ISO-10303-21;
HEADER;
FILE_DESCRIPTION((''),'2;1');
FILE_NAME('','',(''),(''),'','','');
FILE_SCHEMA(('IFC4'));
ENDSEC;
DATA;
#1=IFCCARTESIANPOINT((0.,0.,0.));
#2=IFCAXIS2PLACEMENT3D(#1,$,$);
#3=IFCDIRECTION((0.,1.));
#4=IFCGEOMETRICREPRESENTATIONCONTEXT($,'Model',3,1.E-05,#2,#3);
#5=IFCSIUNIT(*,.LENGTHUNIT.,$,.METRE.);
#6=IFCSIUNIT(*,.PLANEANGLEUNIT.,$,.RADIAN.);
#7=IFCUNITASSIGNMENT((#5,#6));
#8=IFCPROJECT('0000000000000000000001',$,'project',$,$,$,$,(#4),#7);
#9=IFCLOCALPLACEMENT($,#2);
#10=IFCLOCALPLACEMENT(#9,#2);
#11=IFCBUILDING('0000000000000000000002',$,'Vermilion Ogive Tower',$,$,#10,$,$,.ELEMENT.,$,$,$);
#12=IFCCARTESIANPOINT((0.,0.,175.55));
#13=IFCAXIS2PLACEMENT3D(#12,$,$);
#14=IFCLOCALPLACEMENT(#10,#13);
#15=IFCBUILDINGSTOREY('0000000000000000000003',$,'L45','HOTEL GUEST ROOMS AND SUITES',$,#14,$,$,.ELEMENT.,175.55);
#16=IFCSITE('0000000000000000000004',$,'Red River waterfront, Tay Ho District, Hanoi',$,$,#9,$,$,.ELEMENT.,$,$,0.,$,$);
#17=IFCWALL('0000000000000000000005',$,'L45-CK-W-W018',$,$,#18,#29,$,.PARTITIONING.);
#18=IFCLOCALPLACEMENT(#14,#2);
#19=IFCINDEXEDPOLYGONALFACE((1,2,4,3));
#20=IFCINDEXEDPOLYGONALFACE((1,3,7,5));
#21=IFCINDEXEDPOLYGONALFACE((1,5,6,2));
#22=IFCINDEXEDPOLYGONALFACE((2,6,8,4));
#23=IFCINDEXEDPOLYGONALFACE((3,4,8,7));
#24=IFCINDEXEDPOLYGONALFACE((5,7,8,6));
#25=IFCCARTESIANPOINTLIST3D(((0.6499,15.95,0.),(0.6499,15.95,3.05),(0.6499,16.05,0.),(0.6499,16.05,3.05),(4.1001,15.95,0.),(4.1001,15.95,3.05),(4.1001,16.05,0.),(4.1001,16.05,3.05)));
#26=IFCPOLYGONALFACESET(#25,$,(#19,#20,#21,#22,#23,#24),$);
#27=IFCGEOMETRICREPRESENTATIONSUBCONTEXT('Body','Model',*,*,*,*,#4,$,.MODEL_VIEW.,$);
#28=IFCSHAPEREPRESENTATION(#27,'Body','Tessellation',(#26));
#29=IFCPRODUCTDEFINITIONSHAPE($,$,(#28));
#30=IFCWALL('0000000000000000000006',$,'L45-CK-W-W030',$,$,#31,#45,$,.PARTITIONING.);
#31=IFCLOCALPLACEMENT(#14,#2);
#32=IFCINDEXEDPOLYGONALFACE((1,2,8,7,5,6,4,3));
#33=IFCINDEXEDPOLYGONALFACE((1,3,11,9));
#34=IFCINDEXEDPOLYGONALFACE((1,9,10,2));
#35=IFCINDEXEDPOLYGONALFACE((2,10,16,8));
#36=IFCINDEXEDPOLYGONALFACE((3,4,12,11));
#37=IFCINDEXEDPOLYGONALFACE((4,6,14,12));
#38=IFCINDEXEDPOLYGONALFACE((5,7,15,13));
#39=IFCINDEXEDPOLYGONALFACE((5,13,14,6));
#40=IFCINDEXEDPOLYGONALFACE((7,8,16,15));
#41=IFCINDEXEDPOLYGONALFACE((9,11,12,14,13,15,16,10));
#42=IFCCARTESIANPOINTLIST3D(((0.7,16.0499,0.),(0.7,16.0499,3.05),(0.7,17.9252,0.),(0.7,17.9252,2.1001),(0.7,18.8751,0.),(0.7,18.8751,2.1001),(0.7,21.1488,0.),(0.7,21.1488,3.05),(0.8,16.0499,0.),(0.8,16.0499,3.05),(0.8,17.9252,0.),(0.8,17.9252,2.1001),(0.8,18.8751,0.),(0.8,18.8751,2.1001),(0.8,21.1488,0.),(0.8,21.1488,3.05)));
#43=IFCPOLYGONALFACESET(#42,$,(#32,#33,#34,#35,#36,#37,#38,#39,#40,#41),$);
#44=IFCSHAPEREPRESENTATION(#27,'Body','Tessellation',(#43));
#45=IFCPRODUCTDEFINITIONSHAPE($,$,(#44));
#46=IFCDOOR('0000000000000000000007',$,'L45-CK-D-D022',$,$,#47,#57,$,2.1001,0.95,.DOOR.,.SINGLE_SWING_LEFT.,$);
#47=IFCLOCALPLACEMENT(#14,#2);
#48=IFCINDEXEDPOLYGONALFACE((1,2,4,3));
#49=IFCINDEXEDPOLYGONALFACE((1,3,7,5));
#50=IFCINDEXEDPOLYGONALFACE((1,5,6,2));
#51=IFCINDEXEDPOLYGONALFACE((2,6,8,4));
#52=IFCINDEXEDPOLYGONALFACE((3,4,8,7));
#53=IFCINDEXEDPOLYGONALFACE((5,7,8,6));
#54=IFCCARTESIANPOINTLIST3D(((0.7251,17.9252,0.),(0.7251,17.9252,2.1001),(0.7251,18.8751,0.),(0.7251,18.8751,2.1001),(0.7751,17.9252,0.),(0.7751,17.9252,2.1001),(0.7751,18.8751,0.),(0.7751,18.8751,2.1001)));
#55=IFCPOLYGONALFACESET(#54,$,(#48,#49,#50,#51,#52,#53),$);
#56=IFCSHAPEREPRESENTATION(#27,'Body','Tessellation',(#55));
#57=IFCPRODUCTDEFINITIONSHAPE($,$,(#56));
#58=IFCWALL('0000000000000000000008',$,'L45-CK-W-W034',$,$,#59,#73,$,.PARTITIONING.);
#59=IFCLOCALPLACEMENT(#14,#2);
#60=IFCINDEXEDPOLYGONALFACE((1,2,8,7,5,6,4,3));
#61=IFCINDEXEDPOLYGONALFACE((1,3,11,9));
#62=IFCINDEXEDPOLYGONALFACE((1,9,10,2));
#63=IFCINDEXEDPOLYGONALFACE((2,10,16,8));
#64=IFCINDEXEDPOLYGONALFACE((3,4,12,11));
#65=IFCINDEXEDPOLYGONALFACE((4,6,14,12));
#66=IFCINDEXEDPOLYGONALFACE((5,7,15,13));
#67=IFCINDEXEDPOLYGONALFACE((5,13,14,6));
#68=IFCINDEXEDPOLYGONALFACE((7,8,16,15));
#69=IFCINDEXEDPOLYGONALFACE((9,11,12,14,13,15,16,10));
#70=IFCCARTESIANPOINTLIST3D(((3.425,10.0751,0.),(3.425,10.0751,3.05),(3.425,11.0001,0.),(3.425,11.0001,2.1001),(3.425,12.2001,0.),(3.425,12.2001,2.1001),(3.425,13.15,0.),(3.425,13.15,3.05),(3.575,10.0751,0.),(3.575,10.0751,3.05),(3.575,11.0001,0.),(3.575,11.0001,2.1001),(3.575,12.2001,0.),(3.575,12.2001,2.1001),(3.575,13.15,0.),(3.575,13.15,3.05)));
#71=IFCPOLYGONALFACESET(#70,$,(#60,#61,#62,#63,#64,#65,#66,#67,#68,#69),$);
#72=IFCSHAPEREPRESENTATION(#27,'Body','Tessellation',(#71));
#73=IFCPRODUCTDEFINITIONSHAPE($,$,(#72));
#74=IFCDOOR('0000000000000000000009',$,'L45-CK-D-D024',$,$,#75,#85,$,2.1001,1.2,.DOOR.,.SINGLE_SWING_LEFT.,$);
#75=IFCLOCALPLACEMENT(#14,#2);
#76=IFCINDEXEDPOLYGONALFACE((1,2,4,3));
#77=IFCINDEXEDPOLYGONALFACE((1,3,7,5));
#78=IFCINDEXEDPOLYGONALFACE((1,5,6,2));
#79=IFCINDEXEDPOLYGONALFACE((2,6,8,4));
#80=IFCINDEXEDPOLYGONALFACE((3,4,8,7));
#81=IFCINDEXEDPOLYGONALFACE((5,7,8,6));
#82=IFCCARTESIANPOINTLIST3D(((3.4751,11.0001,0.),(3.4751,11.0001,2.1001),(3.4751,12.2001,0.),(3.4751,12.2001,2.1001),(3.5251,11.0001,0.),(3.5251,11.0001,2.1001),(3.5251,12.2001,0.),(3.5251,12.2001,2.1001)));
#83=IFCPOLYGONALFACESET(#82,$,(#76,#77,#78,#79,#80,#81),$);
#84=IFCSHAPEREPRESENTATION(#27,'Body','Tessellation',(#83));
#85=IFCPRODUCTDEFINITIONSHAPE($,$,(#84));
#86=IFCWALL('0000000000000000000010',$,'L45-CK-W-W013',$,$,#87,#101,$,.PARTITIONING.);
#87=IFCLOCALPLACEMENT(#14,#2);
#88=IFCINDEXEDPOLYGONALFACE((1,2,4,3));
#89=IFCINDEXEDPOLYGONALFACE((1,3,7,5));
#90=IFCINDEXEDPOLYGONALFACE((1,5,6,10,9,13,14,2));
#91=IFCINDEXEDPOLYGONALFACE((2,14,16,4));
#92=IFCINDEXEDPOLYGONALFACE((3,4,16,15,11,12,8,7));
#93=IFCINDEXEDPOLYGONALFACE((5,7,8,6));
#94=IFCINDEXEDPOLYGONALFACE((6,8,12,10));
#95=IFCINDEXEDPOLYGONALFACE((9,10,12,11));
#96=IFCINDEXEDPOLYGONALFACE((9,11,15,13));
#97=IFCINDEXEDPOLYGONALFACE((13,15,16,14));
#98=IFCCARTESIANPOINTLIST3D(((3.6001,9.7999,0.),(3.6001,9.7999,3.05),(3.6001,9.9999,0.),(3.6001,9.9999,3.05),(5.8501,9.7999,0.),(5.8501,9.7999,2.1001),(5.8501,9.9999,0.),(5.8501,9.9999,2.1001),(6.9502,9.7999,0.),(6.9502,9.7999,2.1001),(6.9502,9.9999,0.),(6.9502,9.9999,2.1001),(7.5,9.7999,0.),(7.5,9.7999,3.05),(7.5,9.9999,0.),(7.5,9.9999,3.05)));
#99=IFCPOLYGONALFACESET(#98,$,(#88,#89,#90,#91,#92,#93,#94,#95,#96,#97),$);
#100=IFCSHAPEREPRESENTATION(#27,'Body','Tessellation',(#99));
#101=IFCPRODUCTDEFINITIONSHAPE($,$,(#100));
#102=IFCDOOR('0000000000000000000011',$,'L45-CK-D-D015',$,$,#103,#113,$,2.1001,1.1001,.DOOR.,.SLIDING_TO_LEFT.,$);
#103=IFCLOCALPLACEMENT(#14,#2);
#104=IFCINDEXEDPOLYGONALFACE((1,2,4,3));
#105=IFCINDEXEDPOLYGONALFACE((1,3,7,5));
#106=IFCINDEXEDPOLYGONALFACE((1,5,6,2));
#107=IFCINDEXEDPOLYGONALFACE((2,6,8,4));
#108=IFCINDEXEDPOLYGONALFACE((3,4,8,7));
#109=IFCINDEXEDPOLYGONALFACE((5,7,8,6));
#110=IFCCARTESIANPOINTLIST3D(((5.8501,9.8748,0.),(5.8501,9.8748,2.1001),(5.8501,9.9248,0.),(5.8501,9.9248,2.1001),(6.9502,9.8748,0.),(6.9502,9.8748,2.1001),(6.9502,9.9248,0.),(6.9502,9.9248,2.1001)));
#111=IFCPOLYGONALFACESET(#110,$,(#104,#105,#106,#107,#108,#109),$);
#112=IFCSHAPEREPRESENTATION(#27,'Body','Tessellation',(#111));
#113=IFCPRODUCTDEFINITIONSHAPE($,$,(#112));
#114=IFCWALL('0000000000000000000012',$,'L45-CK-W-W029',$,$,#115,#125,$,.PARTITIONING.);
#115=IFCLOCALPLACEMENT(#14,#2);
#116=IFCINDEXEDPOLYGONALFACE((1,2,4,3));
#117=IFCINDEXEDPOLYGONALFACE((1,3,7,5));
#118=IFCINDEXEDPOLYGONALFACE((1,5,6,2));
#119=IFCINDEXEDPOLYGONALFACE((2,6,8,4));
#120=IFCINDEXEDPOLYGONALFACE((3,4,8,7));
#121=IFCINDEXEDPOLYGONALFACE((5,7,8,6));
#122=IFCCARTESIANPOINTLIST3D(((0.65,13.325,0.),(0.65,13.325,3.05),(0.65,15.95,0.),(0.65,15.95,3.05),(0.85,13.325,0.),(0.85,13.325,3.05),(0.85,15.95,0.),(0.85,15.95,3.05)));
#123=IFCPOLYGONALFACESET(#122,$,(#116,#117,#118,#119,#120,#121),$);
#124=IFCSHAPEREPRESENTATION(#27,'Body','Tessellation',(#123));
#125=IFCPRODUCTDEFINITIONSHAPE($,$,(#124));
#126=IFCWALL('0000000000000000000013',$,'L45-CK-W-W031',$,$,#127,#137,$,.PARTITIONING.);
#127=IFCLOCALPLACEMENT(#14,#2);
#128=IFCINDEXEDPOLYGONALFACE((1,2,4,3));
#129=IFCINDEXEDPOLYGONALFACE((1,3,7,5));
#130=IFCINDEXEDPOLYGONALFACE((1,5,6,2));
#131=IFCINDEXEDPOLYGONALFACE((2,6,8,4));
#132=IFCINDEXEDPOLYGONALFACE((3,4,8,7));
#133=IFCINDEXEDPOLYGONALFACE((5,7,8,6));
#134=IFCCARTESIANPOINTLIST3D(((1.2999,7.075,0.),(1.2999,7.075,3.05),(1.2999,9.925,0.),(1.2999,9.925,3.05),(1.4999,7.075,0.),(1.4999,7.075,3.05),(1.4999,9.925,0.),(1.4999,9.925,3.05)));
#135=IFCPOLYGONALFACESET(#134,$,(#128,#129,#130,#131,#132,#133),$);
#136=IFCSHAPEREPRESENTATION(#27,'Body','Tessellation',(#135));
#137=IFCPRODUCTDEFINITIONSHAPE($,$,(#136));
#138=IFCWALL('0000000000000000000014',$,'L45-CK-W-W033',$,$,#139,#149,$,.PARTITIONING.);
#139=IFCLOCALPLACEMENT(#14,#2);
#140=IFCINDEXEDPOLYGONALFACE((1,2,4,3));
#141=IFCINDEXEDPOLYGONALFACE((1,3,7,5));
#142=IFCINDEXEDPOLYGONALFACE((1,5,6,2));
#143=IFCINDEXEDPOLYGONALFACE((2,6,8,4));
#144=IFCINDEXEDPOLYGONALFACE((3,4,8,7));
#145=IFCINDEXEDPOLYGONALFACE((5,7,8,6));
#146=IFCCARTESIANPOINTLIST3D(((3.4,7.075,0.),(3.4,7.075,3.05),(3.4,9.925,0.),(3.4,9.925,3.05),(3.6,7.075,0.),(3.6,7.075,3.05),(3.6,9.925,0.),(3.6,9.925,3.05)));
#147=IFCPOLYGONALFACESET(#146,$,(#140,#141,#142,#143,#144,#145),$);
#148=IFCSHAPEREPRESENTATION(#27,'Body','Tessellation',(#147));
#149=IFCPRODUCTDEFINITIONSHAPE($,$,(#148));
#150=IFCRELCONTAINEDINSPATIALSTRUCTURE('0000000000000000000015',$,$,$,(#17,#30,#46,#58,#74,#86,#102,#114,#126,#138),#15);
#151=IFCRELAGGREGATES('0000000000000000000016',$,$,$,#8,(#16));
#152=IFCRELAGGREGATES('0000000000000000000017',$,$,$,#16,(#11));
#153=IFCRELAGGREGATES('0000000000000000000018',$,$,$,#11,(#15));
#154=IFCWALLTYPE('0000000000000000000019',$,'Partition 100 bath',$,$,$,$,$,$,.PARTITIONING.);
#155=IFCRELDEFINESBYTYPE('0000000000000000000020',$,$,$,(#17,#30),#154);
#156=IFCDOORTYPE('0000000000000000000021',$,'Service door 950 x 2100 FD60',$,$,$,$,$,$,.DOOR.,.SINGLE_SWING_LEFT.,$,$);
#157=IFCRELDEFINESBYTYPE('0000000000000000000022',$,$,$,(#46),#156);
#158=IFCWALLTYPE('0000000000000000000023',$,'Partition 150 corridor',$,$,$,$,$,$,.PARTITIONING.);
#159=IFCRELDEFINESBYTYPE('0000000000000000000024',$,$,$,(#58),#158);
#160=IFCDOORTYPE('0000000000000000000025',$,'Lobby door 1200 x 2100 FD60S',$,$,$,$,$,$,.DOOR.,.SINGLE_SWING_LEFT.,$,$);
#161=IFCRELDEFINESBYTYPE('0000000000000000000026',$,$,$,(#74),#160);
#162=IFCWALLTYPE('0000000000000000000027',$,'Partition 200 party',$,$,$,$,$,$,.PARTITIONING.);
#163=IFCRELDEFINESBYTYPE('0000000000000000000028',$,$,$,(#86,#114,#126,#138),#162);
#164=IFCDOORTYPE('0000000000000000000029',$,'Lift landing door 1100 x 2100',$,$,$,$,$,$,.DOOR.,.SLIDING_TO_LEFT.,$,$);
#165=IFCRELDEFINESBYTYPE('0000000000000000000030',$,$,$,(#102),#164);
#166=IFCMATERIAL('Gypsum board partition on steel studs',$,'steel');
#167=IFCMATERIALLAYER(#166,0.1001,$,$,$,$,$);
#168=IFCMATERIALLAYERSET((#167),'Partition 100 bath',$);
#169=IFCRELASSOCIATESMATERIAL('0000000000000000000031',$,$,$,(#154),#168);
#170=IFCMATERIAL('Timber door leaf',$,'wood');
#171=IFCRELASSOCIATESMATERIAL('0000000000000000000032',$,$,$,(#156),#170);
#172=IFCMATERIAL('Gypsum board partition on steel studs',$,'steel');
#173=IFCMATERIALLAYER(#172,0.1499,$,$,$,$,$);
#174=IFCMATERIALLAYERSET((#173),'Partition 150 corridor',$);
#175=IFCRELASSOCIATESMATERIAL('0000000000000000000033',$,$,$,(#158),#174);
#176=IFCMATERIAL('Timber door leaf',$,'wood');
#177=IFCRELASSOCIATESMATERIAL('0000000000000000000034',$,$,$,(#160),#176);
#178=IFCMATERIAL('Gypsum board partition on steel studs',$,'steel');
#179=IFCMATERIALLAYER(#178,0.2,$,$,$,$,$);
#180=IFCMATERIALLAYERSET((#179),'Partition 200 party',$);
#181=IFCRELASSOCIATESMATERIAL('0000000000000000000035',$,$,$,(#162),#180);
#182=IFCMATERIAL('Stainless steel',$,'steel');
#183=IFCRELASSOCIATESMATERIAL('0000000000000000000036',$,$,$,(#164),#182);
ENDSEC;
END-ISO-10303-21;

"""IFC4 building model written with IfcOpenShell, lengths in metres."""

from ifc_helpers import new_model, si_unit, direction, frame, frame_2d, origin, place, context, subcontext, project, spatial, rectangle, extrude, material, layer, layer_set, type_object, element, fill, save


model = new_model("IFC4")

# Units and contexts
model_context = context("Model", 3, precision=1e-05, world=origin(), true_north=direction((0.0, 1.0)))
body_context = subcontext(model_context, "Body", "Model", "MODEL_VIEW")
ifc_project = project(units=[si_unit("LENGTHUNIT", "METRE"), si_unit("PLANEANGLEUNIT", "RADIAN")], contexts=[model_context])

# Site, building, storey
site_placement = place(None, origin())
site = spatial("IfcSite", under=ifc_project, at=site_placement, Name="Red River waterfront, Tay Ho District, Hanoi", CompositionType="ELEMENT", RefElevation=0.0)
building_placement = place(site_placement, origin())
building = spatial("IfcBuilding", under=site, at=building_placement, Name="Vermilion Ogive Tower", CompositionType="ELEMENT")
storey_placement = place(building_placement, frame((0.0, 0.0, 175.55)))
storey = spatial("IfcBuildingStorey", under=building, at=storey_placement, Name="L45", Description="HOTEL GUEST ROOMS AND SUITES", CompositionType="ELEMENT", Elevation=175.55)

# Wall
ifc_material_1 = material(Name="Gypsum board partition on steel studs", Category="steel")
ifc_layer_1 = layer(ifc_material_1, 0.1001)
ifc_layer_set_1 = layer_set([ifc_layer_1], Name="Partition 100 bath")
wall_type_1 = type_object("IfcWallType", Name="Partition 100 bath", PredefinedType="PARTITIONING", material=ifc_layer_set_1)
wall_1_placement = place(storey_placement, frame((0.6499, 16.0, 0.0), z_axis=(0.0, 0.0, 1.0), x_axis=(1.0, 0.0, 0.0)))
element("IfcWall", 1, at=wall_1_placement, inside=storey, type_object=wall_type_1, Name="L45-CK-W-W018", PredefinedType="PARTITIONING", context=body_context, shape_type="SweptSolid", body=[
    extrude(rectangle(XDim=3.4502, YDim=0.1001, at=frame_2d((1.7251, 0.0))), origin(), (0.0, 0.0, 1.0), 3.05),
])

# Walls, openings, doors
wall_2_placement = place(storey_placement, frame((0.75, 16.05, 0.0), z_axis=(0.0, 0.0, 1.0), x_axis=(0.0, 1.0, 0.0)))
wall_2 = element("IfcWall", 2, at=wall_2_placement, inside=storey, type_object=wall_type_1, Name="L45-CK-W-W030", PredefinedType="PARTITIONING", context=body_context, shape_type="SweptSolid", body=[
    extrude(rectangle(XDim=5.0989, YDim=0.1001, at=frame_2d((2.5493, 0.0))), origin(), (0.0, 0.0, 1.0), 3.05),
])
opening_1_placement = place(wall_2_placement, frame((1.875, 0.0, 0.0)))
opening_1 = element("IfcOpeningElement", 3, at=opening_1_placement, cuts=wall_2, PredefinedType="OPENING", context=body_context, shape_type="SweptSolid", body=[
    extrude(rectangle(XDim=0.95, YDim=2.1001, at=frame_2d((0.4751, 1.05))), frame((0.0, 0.0601, 0.0), z_axis=(0.0, -1.0, 0.0), x_axis=(1.0, 0.0, 0.0)), (0.0, 0.0, 1.0), 0.1201),
])
ifc_material_2 = material(Name="Timber door leaf", Category="wood")
door_type_1 = type_object("IfcDoorType", Name="Service door 950 x 2100 FD60", OperationType="SINGLE_SWING_LEFT", PredefinedType="DOOR", material=ifc_material_2)
door_1_placement = place(opening_1_placement, origin())
door_1 = element("IfcDoor", 4, at=door_1_placement, inside=storey, type_object=door_type_1, Name="L45-CK-D-D022", OperationType="SINGLE_SWING_LEFT", OverallHeight=2.1001, OverallWidth=0.95, PredefinedType="DOOR", context=body_context, shape_type="SweptSolid", body=[
    extrude(rectangle(XDim=0.95, YDim=2.1001, at=frame_2d((0.4751, 1.05))), frame((0.0, 0.0249, 0.0), z_axis=(0.0, -1.0, 0.0), x_axis=(1.0, 0.0, 0.0)), (0.0, 0.0, 1.0), 0.05),
])
fill(opening_1, door_1)
ifc_material_3 = material(Name="Gypsum board partition on steel studs", Category="steel")
ifc_layer_2 = layer(ifc_material_3, 0.1499)
ifc_layer_set_2 = layer_set([ifc_layer_2], Name="Partition 150 corridor")
wall_type_2 = type_object("IfcWallType", Name="Partition 150 corridor", PredefinedType="PARTITIONING", material=ifc_layer_set_2)
wall_3_placement = place(storey_placement, frame((3.5, 10.075, 0.0), z_axis=(0.0, 0.0, 1.0), x_axis=(0.0, 1.0, 0.0)))
wall_3 = element("IfcWall", 5, at=wall_3_placement, inside=storey, type_object=wall_type_2, Name="L45-CK-W-W034", PredefinedType="PARTITIONING", context=body_context, shape_type="SweptSolid", body=[
    extrude(rectangle(XDim=3.075, YDim=0.1499, at=frame_2d((1.5376, 0.0))), origin(), (0.0, 0.0, 1.0), 3.05),
])
opening_2_placement = place(wall_3_placement, frame((0.925, 0.0, 0.0)))
opening_2 = element("IfcOpeningElement", 6, at=opening_2_placement, cuts=wall_3, PredefinedType="OPENING", context=body_context, shape_type="SweptSolid", body=[
    extrude(rectangle(XDim=1.2, YDim=2.1001, at=frame_2d((0.6001, 1.05))), frame((0.0, 0.085, 0.0), z_axis=(0.0, -1.0, 0.0), x_axis=(1.0, 0.0, 0.0)), (0.0, 0.0, 1.0), 0.1699),
])
ifc_material_4 = material(Name="Timber door leaf", Category="wood")
door_type_2 = type_object("IfcDoorType", Name="Lobby door 1200 x 2100 FD60S", OperationType="SINGLE_SWING_LEFT", PredefinedType="DOOR", material=ifc_material_4)
door_2_placement = place(opening_2_placement, origin())
door_2 = element("IfcDoor", 7, at=door_2_placement, inside=storey, type_object=door_type_2, Name="L45-CK-D-D024", OperationType="SINGLE_SWING_LEFT", OverallHeight=2.1001, OverallWidth=1.2, PredefinedType="DOOR", context=body_context, shape_type="SweptSolid", body=[
    extrude(rectangle(XDim=1.2, YDim=2.1001, at=frame_2d((0.6001, 1.05))), frame((0.0, 0.0249, 0.0), z_axis=(0.0, -1.0, 0.0), x_axis=(1.0, 0.0, 0.0)), (0.0, 0.0, 1.0), 0.05),
])
fill(opening_2, door_2)
ifc_material_5 = material(Name="Gypsum board partition on steel studs", Category="steel")
ifc_layer_3 = layer(ifc_material_5, 0.2)
ifc_layer_set_3 = layer_set([ifc_layer_3], Name="Partition 200 party")
wall_type_3 = type_object("IfcWallType", Name="Partition 200 party", PredefinedType="PARTITIONING", material=ifc_layer_set_3)
wall_4_placement = place(storey_placement, frame((3.6001, 9.8999, 0.0), z_axis=(0.0, 0.0, 1.0), x_axis=(1.0, 0.0, 0.0)))
wall_4 = element("IfcWall", 8, at=wall_4_placement, inside=storey, type_object=wall_type_3, Name="L45-CK-W-W013", PredefinedType="PARTITIONING", context=body_context, shape_type="SweptSolid", body=[
    extrude(rectangle(XDim=3.8999, YDim=0.2, at=frame_2d((1.95, 0.0))), origin(), (0.0, 0.0, 1.0), 3.05),
])
opening_3_placement = place(wall_4_placement, frame((2.25, 0.0, 0.0)))
opening_3 = element("IfcOpeningElement", 9, at=opening_3_placement, cuts=wall_4, PredefinedType="OPENING", context=body_context, shape_type="SweptSolid", body=[
    extrude(rectangle(XDim=1.1001, YDim=2.1001, at=frame_2d((0.55, 1.05))), frame((0.0, 0.1099, 0.0), z_axis=(0.0, -1.0, 0.0), x_axis=(1.0, 0.0, 0.0)), (0.0, 0.0, 1.0), 0.22),
])
ifc_material_6 = material(Name="Stainless steel", Category="steel")
door_type_3 = type_object("IfcDoorType", Name="Lift landing door 1100 x 2100", OperationType="SLIDING_TO_LEFT", PredefinedType="DOOR", material=ifc_material_6)
door_3_placement = place(opening_3_placement, origin())
door_3 = element("IfcDoor", 10, at=door_3_placement, inside=storey, type_object=door_type_3, Name="L45-CK-D-D015", OperationType="SLIDING_TO_LEFT", OverallHeight=2.1001, OverallWidth=1.1001, PredefinedType="DOOR", context=body_context, shape_type="SweptSolid", body=[
    extrude(rectangle(XDim=1.1001, YDim=2.1001, at=frame_2d((0.55, 1.05))), frame((0.0, 0.0249, 0.0), z_axis=(0.0, -1.0, 0.0), x_axis=(1.0, 0.0, 0.0)), (0.0, 0.0, 1.0), 0.05),
])
fill(opening_3, door_3)

# Walls
wall_5_placement = place(storey_placement, frame((0.75, 13.325, 0.0), z_axis=(0.0, 0.0, 1.0), x_axis=(0.0, 1.0, 0.0)))
element("IfcWall", 11, at=wall_5_placement, inside=storey, type_object=wall_type_3, Name="L45-CK-W-W029", PredefinedType="PARTITIONING", context=body_context, shape_type="SweptSolid", body=[
    extrude(rectangle(XDim=2.625, YDim=0.2, at=frame_2d((1.3125, 0.0))), origin(), (0.0, 0.0, 1.0), 3.05),
])
for number, where, z_axis, x_axis, name in (
    (12, (1.3999, 7.075, 0.0), (0.0, 0.0, 1.0), (0.0, 1.0, 0.0), "L45-CK-W-W031"),
    (13, (3.5, 7.075, 0.0), (0.0, 0.0, 1.0), (0.0, 1.0, 0.0), "L45-CK-W-W033"),
):
    element("IfcWall", number, at=place(storey_placement, frame(where, z_axis=z_axis, x_axis=x_axis)), inside=storey, type_object=wall_type_3, Name=name, PredefinedType="PARTITIONING", context=body_context, shape_type="SweptSolid", body=[
        extrude(rectangle(XDim=2.8501, YDim=0.2, at=frame_2d((1.425, 0.0))), origin(), (0.0, 0.0, 1.0), 3.05),
    ])

save(model, "model.ifc")
